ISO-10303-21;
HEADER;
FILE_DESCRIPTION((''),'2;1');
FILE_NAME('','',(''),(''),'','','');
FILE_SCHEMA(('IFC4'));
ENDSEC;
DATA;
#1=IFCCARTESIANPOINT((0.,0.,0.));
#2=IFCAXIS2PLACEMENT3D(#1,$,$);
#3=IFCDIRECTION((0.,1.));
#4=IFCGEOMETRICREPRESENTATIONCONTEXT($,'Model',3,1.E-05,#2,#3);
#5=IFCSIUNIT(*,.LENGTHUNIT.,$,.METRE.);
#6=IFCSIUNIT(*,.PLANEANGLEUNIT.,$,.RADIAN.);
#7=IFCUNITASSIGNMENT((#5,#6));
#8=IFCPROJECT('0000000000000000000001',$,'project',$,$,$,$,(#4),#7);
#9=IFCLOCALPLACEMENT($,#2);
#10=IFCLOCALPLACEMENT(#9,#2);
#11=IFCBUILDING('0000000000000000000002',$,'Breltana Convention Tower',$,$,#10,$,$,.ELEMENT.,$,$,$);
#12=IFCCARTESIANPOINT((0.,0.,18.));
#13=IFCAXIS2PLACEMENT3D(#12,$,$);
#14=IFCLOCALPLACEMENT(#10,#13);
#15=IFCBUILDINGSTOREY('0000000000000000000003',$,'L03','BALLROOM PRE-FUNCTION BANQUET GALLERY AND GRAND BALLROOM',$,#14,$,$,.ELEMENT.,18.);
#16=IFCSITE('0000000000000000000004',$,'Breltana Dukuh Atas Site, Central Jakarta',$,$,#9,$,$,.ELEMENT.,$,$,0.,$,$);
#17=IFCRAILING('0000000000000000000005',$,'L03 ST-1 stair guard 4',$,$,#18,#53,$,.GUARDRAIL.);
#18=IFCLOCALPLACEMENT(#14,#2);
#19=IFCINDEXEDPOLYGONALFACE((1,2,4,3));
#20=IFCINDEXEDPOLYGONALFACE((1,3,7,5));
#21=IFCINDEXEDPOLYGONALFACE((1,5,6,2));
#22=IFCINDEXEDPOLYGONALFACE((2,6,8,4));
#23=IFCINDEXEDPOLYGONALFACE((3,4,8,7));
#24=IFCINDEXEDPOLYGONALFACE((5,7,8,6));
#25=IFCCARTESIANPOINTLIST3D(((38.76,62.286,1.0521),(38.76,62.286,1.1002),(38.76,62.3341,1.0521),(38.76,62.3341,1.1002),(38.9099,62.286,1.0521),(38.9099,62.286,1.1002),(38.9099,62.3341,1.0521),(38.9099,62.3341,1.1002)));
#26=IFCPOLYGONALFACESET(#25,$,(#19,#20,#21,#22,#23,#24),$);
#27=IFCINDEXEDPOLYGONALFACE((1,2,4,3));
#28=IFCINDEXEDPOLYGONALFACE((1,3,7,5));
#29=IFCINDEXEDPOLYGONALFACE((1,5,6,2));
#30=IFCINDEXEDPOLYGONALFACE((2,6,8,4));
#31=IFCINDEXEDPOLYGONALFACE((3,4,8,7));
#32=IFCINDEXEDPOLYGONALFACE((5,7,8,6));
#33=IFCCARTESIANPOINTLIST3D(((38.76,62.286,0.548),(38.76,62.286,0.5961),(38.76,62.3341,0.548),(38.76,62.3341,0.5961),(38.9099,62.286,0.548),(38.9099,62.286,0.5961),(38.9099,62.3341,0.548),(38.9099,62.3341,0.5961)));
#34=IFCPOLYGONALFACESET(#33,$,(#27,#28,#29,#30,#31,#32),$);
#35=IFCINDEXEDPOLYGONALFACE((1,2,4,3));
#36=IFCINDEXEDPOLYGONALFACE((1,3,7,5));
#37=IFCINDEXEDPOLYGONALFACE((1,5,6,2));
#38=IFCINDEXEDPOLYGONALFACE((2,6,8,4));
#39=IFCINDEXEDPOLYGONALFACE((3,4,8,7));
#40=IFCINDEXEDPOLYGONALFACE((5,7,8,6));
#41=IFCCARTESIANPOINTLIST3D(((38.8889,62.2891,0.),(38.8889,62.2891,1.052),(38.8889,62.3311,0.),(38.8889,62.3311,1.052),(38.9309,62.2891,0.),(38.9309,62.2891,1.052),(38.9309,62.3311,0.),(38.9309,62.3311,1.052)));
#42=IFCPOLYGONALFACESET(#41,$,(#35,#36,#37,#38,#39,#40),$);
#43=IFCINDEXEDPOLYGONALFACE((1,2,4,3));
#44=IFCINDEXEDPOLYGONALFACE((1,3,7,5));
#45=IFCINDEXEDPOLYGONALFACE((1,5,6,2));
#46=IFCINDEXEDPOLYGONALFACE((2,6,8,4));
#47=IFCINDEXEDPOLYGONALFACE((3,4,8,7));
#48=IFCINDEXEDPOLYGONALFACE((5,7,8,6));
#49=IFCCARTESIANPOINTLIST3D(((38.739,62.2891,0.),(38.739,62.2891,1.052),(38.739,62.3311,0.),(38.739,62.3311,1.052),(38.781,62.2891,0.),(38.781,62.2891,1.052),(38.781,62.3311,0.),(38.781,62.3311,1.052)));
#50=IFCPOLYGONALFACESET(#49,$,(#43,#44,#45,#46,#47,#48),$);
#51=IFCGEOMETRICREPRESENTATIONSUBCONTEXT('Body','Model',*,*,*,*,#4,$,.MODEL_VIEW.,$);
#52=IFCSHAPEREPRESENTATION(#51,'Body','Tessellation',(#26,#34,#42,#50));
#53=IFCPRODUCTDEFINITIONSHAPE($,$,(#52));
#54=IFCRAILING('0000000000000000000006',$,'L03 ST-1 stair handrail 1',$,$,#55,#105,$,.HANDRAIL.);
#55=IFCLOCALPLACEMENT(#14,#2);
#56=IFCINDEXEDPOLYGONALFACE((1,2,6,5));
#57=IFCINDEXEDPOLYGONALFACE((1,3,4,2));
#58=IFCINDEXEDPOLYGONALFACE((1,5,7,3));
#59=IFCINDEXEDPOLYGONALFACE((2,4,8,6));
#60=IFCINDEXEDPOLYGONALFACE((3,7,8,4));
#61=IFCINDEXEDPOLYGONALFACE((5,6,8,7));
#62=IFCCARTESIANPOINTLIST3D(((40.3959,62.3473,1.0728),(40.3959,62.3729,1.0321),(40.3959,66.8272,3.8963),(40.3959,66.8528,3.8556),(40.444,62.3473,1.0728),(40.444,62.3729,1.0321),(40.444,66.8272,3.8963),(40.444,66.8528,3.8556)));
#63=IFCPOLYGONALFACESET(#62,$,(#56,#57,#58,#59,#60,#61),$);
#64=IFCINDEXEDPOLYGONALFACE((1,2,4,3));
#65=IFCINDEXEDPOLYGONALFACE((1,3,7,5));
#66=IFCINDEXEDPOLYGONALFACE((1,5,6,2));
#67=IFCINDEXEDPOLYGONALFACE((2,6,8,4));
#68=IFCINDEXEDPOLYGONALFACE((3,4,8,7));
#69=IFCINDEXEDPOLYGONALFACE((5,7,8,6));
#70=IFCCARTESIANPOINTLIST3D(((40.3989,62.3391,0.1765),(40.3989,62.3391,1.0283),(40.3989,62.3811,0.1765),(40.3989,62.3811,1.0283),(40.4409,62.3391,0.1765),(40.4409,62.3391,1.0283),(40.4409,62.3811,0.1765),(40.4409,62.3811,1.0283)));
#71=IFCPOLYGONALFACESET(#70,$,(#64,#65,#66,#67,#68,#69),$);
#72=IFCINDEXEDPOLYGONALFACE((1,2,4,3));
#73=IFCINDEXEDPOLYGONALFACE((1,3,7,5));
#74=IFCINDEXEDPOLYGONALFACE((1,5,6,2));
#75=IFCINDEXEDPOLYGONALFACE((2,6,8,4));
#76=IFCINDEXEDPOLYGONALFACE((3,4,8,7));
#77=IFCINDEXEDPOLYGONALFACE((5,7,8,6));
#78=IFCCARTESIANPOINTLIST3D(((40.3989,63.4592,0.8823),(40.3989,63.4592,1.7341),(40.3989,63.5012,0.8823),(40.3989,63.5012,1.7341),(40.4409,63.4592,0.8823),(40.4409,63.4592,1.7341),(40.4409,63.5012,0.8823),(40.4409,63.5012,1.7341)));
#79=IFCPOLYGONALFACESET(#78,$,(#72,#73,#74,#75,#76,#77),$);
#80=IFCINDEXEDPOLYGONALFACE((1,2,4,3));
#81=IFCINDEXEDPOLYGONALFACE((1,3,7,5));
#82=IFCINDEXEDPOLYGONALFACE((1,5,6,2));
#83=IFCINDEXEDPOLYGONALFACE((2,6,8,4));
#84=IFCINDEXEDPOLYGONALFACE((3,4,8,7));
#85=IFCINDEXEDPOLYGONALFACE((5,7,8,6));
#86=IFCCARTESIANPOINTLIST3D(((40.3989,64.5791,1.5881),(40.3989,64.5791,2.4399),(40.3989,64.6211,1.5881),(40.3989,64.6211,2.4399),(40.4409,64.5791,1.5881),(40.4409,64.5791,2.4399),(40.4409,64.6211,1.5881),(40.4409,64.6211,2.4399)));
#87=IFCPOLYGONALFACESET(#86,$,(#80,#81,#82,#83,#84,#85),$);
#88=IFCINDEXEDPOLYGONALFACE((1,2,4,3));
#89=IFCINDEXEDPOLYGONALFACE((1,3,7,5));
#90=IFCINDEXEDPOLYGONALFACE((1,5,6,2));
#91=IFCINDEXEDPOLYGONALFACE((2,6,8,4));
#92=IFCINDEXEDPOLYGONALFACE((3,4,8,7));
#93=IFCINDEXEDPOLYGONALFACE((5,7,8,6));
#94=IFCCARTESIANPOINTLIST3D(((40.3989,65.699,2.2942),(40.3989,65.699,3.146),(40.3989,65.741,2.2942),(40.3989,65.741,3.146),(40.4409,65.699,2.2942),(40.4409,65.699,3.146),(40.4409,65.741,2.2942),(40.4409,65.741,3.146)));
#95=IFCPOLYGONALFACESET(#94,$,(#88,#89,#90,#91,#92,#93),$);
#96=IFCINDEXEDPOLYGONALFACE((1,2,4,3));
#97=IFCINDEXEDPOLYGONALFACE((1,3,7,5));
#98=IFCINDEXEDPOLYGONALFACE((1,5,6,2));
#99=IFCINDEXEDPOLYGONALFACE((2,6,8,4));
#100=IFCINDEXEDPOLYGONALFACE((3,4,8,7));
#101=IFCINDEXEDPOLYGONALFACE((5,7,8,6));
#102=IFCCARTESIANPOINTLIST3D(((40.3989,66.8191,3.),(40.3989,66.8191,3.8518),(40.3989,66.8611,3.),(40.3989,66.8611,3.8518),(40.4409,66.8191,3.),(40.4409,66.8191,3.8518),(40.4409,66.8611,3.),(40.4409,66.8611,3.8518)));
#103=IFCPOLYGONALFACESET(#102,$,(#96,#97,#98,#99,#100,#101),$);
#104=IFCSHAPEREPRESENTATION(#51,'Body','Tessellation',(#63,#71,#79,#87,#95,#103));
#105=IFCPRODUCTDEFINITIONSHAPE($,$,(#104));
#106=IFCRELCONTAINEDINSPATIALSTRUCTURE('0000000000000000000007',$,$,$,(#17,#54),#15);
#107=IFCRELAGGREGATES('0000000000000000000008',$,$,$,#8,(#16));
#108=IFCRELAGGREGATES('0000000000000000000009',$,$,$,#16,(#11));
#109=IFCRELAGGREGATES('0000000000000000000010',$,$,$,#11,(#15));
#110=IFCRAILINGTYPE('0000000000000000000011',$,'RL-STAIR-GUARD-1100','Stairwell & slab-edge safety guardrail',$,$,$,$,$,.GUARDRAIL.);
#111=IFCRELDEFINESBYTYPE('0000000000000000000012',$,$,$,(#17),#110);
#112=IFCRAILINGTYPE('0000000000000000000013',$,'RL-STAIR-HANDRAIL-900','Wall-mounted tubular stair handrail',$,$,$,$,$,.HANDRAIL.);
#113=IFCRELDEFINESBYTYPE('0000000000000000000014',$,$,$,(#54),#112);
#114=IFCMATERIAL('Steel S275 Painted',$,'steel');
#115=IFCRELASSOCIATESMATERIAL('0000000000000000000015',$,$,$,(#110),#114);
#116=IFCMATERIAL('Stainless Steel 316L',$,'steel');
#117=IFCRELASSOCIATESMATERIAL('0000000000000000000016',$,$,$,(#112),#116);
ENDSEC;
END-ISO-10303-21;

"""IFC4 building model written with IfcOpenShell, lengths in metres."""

from ifc_helpers import new_model, si_unit, direction, frame, origin, origin_2d, place, context, subcontext, project, spatial, rectangle, extrude, material, type_object, element, save


model = new_model("IFC4")

# Units and contexts
model_context = context("Model", 3, precision=1e-05, world=origin(), true_north=direction((0.0, 1.0)))
body_context = subcontext(model_context, "Body", "Model", "MODEL_VIEW")
ifc_project = project(units=[si_unit("LENGTHUNIT", "METRE"), si_unit("PLANEANGLEUNIT", "RADIAN")], contexts=[model_context])

# Site, building, storey
site_placement = place(None, origin())
site = spatial("IfcSite", under=ifc_project, at=site_placement, Name="Breltana Dukuh Atas Site, Central Jakarta", CompositionType="ELEMENT", RefElevation=0.0)
building_placement = place(site_placement, origin())
building = spatial("IfcBuilding", under=site, at=building_placement, Name="Breltana Convention Tower", CompositionType="ELEMENT")
storey_placement = place(building_placement, frame((0.0, 0.0, 18.0)))
storey = spatial("IfcBuildingStorey", under=building, at=storey_placement, Name="L03", Description="BALLROOM PRE-FUNCTION BANQUET GALLERY AND GRAND BALLROOM", CompositionType="ELEMENT", Elevation=18.0)

# Railings
ifc_material_1 = material(Name="Steel S275 Painted", Category="steel")
railing_type_1 = type_object("IfcRailingType", Name="RL-STAIR-GUARD-1100", Description="Stairwell & slab-edge safety guardrail", PredefinedType="GUARDRAIL", material=ifc_material_1)
railing_1_placement = place(storey_placement, frame((38.9099, 62.3101, 0.0)))
element("IfcRailing", 1, at=railing_1_placement, inside=storey, type_object=railing_type_1, Name="L03 ST-1 stair guard 4", PredefinedType="GUARDRAIL", context=body_context, shape_type="SweptSolid", body=[
    extrude(rectangle(XDim=0.0481, YDim=0.0481, at=origin_2d()), frame((0.0, 0.0, 1.0762), z_axis=(-1.0, 0.0, 0.0), x_axis=(0.0, -1.0, 0.0)), (0.0, 0.0, 1.0), 0.1499),
    extrude(rectangle(XDim=0.0481, YDim=0.0481, at=origin_2d()), frame((0.0, 0.0, 0.572), z_axis=(-1.0, 0.0, 0.0), x_axis=(0.0, -1.0, 0.0)), (0.0, 0.0, 1.0), 0.1499),
    extrude(rectangle(XDim=0.042, YDim=0.042, at=origin_2d()), origin(), (0.0, 0.0, 1.0), 1.052),
    extrude(rectangle(XDim=0.042, YDim=0.042, at=origin_2d()), frame((-0.1499, 0.0, 0.0)), (0.0, 0.0, 1.0), 1.052),
])
ifc_material_2 = material(Name="Stainless Steel 316L", Category="steel")
railing_type_2 = type_object("IfcRailingType", Name="RL-STAIR-HANDRAIL-900", Description="Wall-mounted tubular stair handrail", PredefinedType="HANDRAIL", material=ifc_material_2)
railing_2_placement = place(storey_placement, frame((40.4199, 62.3601, 0.1765)))
element("IfcRailing", 2, at=railing_2_placement, inside=storey, type_object=railing_type_2, Name="L03 ST-1 stair handrail 1", PredefinedType="HANDRAIL", context=body_context, shape_type="SweptSolid", body=[
    extrude(rectangle(XDim=0.0481, YDim=0.0481, at=origin_2d()), frame((0.0, 0.0, 0.876), z_axis=(0.0, 0.845998, 0.533186), x_axis=(-1.0, 0.0, 0.0)), (0.0, 0.0, 1.0), 5.2954),
    extrude(rectangle(XDim=0.042, YDim=0.042, at=origin_2d()), origin(), (0.0, 0.0, 1.0), 0.8518),
    extrude(rectangle(XDim=0.042, YDim=0.042, at=origin_2d()), frame((0.0, 1.1201, 0.7058)), (0.0, 0.0, 1.0), 0.8518),
    extrude(rectangle(XDim=0.042, YDim=0.042, at=origin_2d()), frame((0.0, 2.24, 1.4116)), (0.0, 0.0, 1.0), 0.8518),
    extrude(rectangle(XDim=0.042, YDim=0.042, at=origin_2d()), frame((0.0, 3.3599, 2.1177)), (0.0, 0.0, 1.0), 0.8518),
    extrude(rectangle(XDim=0.042, YDim=0.042, at=origin_2d()), frame((0.0, 4.48, 2.8235)), (0.0, 0.0, 1.0), 0.8518),
])

save(model, "model.ifc")
